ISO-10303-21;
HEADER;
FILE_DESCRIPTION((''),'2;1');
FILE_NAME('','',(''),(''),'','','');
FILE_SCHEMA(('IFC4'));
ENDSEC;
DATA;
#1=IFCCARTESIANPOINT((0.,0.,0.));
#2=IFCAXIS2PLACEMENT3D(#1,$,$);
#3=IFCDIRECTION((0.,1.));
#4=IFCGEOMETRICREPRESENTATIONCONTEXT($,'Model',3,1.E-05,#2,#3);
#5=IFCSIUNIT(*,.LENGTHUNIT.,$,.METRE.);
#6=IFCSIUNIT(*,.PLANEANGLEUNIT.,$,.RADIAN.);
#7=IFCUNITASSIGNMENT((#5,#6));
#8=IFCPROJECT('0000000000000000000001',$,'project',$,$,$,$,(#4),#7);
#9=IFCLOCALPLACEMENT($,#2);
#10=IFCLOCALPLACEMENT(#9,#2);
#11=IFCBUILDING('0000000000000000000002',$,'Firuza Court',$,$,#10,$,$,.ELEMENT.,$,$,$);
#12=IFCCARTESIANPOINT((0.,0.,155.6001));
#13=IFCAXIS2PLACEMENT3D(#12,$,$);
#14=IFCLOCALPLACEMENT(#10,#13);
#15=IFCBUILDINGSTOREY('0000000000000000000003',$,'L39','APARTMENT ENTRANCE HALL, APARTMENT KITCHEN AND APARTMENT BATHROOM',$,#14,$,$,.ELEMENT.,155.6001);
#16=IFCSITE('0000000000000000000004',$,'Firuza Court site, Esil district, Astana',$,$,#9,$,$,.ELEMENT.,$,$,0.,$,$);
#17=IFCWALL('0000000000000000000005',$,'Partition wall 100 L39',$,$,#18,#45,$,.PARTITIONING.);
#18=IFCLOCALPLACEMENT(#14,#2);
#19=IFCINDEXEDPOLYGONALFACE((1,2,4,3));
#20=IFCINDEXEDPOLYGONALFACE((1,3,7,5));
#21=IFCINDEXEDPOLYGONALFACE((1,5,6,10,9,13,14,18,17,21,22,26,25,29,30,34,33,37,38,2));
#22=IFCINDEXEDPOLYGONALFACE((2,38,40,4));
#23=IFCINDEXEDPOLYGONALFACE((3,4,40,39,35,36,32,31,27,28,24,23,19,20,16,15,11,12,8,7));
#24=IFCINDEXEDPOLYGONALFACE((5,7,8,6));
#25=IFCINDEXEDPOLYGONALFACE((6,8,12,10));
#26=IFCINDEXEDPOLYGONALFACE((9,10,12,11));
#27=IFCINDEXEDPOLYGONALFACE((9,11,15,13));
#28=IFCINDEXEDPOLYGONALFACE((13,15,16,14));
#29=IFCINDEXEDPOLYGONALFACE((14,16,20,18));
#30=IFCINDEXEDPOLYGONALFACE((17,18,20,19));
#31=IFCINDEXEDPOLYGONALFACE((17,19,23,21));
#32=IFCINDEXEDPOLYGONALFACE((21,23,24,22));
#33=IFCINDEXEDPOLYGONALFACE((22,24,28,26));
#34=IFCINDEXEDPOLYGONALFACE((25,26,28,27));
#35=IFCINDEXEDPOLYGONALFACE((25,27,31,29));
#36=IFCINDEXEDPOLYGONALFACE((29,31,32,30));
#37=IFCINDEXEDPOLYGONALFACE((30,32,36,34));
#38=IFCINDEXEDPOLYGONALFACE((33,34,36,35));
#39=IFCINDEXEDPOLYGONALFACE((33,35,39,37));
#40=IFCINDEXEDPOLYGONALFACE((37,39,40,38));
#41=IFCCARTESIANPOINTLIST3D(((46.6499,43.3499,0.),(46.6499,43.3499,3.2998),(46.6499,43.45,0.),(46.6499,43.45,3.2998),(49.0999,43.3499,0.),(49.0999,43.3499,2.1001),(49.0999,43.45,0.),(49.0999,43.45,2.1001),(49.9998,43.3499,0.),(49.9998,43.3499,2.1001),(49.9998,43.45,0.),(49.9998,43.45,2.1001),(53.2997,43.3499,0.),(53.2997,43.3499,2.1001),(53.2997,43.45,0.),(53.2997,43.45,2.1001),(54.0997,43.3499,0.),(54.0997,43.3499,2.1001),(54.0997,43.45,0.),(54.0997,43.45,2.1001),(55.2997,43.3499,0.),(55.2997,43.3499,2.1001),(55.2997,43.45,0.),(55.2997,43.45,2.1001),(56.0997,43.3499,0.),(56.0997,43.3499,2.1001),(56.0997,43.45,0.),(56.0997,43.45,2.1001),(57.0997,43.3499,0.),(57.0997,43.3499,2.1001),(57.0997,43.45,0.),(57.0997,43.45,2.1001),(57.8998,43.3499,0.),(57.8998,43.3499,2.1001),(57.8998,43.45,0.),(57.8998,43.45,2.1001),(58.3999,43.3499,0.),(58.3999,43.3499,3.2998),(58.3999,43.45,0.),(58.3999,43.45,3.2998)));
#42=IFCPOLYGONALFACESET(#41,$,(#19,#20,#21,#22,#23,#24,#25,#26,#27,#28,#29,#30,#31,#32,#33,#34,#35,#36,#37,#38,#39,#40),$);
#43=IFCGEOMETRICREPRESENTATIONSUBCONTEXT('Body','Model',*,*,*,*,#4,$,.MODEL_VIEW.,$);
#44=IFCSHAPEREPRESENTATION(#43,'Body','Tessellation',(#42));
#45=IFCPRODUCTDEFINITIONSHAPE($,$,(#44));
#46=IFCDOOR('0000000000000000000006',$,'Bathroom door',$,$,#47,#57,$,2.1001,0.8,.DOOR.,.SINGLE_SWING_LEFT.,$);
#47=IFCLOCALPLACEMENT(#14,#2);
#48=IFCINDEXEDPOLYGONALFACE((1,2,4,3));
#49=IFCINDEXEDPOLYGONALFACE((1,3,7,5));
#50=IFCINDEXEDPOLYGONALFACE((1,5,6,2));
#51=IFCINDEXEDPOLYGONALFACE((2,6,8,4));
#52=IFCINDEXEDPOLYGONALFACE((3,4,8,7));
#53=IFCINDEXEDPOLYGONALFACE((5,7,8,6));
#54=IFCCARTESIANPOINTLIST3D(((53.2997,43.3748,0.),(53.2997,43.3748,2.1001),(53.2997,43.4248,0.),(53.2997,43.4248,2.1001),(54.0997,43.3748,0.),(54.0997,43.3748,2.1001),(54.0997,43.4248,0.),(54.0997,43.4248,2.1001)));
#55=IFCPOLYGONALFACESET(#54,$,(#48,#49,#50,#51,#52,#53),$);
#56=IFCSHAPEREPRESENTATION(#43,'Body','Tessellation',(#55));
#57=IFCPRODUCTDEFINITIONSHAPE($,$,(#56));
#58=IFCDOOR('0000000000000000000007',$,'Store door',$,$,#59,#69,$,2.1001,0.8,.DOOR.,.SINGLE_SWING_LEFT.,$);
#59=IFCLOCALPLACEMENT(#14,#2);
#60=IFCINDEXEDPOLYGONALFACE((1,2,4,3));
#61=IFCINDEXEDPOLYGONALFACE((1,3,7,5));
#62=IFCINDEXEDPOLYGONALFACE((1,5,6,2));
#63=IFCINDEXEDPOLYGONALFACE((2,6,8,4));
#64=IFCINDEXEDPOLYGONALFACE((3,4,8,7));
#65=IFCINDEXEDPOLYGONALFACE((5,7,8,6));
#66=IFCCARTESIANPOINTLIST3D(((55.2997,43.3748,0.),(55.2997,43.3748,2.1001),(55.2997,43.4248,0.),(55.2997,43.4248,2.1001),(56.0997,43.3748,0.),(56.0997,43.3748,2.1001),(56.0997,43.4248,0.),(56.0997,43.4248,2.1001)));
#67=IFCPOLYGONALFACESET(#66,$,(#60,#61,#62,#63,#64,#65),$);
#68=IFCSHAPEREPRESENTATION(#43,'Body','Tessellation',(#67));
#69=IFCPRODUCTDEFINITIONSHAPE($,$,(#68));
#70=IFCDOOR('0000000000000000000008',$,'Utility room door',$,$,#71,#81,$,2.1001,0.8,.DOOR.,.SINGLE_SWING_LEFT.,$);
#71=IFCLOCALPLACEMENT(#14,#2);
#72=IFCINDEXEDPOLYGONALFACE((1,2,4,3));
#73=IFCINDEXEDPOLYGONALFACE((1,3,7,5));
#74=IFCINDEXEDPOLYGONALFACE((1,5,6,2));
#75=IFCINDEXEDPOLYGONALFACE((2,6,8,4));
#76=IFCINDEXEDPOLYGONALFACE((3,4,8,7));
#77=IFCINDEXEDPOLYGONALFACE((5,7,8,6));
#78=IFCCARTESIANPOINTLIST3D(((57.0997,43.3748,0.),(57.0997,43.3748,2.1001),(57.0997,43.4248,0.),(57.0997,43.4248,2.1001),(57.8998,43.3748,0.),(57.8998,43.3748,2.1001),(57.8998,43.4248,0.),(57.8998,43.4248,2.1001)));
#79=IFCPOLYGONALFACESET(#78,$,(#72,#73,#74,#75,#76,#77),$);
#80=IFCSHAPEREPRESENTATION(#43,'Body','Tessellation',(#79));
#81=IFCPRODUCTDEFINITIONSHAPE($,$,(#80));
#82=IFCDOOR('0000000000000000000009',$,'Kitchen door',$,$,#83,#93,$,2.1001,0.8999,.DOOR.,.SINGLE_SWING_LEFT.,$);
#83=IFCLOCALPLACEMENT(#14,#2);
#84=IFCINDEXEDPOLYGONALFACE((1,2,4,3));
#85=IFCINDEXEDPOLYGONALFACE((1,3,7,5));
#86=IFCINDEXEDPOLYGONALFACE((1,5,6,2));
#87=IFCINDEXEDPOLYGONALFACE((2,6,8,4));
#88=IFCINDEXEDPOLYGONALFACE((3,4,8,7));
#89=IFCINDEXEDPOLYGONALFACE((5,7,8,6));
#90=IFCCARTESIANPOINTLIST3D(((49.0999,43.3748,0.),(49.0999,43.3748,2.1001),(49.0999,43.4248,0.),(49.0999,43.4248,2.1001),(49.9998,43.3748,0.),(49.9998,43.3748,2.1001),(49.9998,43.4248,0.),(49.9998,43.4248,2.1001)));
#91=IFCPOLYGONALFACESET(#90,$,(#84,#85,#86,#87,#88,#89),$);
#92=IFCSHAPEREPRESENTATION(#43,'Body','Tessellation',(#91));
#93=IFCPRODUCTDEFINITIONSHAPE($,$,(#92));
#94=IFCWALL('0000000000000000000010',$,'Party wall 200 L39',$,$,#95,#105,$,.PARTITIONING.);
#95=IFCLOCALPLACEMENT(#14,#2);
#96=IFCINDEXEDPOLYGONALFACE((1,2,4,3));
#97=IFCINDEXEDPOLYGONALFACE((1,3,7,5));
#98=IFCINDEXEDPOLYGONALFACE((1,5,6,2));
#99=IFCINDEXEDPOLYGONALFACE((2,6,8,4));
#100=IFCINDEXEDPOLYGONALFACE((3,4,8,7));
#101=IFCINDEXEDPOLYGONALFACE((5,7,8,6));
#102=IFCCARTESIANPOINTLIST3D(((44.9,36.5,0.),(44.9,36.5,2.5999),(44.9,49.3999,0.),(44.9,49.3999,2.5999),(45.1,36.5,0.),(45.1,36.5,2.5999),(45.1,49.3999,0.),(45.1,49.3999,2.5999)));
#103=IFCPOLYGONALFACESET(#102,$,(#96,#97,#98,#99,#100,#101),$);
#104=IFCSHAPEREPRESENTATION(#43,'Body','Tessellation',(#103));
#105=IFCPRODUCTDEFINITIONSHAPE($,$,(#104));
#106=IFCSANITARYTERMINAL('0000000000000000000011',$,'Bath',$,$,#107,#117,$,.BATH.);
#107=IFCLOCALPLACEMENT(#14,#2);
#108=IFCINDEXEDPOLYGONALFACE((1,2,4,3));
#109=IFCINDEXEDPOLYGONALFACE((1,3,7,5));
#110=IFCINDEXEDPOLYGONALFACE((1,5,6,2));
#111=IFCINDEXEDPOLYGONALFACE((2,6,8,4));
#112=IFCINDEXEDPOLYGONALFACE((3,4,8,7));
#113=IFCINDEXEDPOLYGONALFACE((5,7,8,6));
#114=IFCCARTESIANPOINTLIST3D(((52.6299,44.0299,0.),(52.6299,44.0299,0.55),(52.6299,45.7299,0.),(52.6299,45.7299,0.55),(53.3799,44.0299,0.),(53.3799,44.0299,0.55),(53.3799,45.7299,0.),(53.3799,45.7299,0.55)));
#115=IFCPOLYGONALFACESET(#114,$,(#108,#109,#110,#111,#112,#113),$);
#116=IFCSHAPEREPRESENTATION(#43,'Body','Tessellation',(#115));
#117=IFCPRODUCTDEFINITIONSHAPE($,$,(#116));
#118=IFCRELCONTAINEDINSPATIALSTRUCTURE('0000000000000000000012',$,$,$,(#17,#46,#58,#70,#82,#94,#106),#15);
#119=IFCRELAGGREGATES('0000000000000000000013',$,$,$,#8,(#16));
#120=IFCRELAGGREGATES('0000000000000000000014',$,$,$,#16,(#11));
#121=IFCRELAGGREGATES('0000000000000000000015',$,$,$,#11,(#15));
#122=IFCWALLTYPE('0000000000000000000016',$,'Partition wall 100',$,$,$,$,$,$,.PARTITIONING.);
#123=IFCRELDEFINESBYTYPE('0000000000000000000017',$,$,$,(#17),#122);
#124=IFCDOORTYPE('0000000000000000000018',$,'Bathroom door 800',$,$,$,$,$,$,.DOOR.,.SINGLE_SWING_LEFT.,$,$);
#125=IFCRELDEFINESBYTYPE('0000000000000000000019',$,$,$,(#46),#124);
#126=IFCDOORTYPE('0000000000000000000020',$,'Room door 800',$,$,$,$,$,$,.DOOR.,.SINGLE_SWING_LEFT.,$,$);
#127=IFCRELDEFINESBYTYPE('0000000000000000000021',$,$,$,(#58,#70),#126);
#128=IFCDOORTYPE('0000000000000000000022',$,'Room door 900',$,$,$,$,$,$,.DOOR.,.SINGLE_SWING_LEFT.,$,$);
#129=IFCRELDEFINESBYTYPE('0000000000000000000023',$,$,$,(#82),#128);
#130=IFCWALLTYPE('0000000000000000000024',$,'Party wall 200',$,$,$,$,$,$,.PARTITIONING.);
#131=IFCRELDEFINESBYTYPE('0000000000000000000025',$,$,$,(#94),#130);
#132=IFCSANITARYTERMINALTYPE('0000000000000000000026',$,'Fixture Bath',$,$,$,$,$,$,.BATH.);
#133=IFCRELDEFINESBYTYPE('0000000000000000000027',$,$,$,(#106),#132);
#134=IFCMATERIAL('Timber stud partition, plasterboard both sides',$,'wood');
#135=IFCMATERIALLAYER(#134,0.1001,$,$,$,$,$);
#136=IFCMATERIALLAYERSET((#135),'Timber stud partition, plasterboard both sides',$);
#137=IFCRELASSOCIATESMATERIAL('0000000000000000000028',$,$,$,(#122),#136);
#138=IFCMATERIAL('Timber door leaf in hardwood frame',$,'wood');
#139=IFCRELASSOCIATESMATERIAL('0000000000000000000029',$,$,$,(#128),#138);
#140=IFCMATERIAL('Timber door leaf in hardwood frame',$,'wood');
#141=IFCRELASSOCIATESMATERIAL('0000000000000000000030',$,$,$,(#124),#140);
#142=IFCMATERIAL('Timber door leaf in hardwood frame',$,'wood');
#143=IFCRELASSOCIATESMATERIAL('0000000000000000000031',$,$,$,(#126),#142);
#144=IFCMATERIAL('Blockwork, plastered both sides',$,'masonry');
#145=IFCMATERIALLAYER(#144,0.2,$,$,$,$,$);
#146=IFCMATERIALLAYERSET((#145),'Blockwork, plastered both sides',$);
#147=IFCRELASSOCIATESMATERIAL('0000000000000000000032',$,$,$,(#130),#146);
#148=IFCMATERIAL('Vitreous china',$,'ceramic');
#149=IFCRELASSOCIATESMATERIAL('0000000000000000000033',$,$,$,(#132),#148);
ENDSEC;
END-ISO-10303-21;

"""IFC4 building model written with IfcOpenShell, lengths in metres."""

from ifc_helpers import new_model, si_unit, direction, frame, frame_2d, origin, origin_2d, place, context, subcontext, project, spatial, rectangle, extrude, material, layer, layer_set, type_object, element, fill, save


model = new_model("IFC4")

# Units and contexts
model_context = context("Model", 3, precision=1e-05, world=origin(), true_north=direction((0.0, 1.0)))
body_context = subcontext(model_context, "Body", "Model", "MODEL_VIEW")
ifc_project = project(units=[si_unit("LENGTHUNIT", "METRE"), si_unit("PLANEANGLEUNIT", "RADIAN")], contexts=[model_context])

# Site, building, storey
site_placement = place(None, origin())
site = spatial("IfcSite", under=ifc_project, at=site_placement, Name="Firuza Court site, Esil district, Astana", CompositionType="ELEMENT", RefElevation=0.0)
building_placement = place(site_placement, origin())
building = spatial("IfcBuilding", under=site, at=building_placement, Name="Firuza Court", CompositionType="ELEMENT")
storey_placement = place(building_placement, frame((0.0, 0.0, 155.6001)))
storey = spatial("IfcBuildingStorey", under=building, at=storey_placement, Name="L39", Description="APARTMENT ENTRANCE HALL, APARTMENT KITCHEN AND APARTMENT BATHROOM", CompositionType="ELEMENT", Elevation=155.6001)

# Shared definitions
ifc_material_1 = material(Name="Timber stud partition, plasterboard both sides", Category="wood")
ifc_layer_1 = layer(ifc_material_1, 0.1001)
ifc_layer_set_1 = layer_set([ifc_layer_1], Name="Timber stud partition, plasterboard both sides")
wall_type_1 = type_object("IfcWallType", Name="Partition wall 100", PredefinedType="PARTITIONING", material=ifc_layer_set_1)

# Shared definitions
ifc_material_2 = material(Name="Timber door leaf in hardwood frame", Category="wood")
door_type_1 = type_object("IfcDoorType", Name="Room door 900", OperationType="SINGLE_SWING_LEFT", PredefinedType="DOOR", material=ifc_material_2)

# Wall, openings, doors
wall_1_placement = place(storey_placement, frame((46.6499, 43.3999, 0.0), z_axis=(0.0, 0.0, 1.0), x_axis=(1.0, 0.0, 0.0)))
wall_1 = element("IfcWall", 1, at=wall_1_placement, inside=storey, type_object=wall_type_1, Name="Partition wall 100 L39", PredefinedType="PARTITIONING", context=body_context, shape_type="SweptSolid", body=[
    extrude(rectangle(XDim=11.75, YDim=0.1001, at=frame_2d((5.875, 0.0))), origin(), (0.0, 0.0, 1.0), 3.2998),
])
opening_1_placement = place(wall_1_placement, frame((6.6499, 0.0, 0.0)))
opening_1 = element("IfcOpeningElement", 2, at=opening_1_placement, cuts=wall_1, PredefinedType="OPENING", context=body_context, shape_type="SweptSolid", body=[
    extrude(rectangle(XDim=0.8, YDim=2.1001, at=frame_2d((0.3999, 1.05))), frame((0.0, 0.062, 0.0), z_axis=(0.0, -1.0, 0.0), x_axis=(1.0, 0.0, 0.0)), (0.0, 0.0, 1.0), 0.124),
])
opening_2_placement = place(wall_1_placement, frame((2.45, 0.0, 0.0)))
opening_2 = element("IfcOpeningElement", 3, at=opening_2_placement, cuts=wall_1, PredefinedType="OPENING", context=body_context, shape_type="SweptSolid", body=[
    extrude(rectangle(XDim=0.8999, YDim=2.1001, at=frame_2d((0.45, 1.05))), frame((0.0, 0.062, 0.0), z_axis=(0.0, -1.0, 0.0), x_axis=(1.0, 0.0, 0.0)), (0.0, 0.0, 1.0), 0.124),
])
opening_3_placement = place(wall_1_placement, frame((8.6499, 0.0, 0.0)))
opening_3 = element("IfcOpeningElement", 4, at=opening_3_placement, cuts=wall_1, PredefinedType="OPENING", context=body_context, shape_type="SweptSolid", body=[
    extrude(rectangle(XDim=0.8, YDim=2.1001, at=frame_2d((0.3999, 1.05))), frame((0.0, 0.062, 0.0), z_axis=(0.0, -1.0, 0.0), x_axis=(1.0, 0.0, 0.0)), (0.0, 0.0, 1.0), 0.124),
])
opening_4_placement = place(wall_1_placement, frame((10.45, 0.0, 0.0)))
opening_4 = element("IfcOpeningElement", 5, at=opening_4_placement, cuts=wall_1, PredefinedType="OPENING", context=body_context, shape_type="SweptSolid", body=[
    extrude(rectangle(XDim=0.8, YDim=2.1001, at=frame_2d((0.3999, 1.05))), frame((0.0, 0.062, 0.0), z_axis=(0.0, -1.0, 0.0), x_axis=(1.0, 0.0, 0.0)), (0.0, 0.0, 1.0), 0.124),
])
ifc_material_3 = material(Name="Timber door leaf in hardwood frame", Category="wood")
door_type_2 = type_object("IfcDoorType", Name="Bathroom door 800", OperationType="SINGLE_SWING_LEFT", PredefinedType="DOOR", material=ifc_material_3)
door_1_placement = place(opening_1_placement, origin())
door_1 = element("IfcDoor", 6, at=door_1_placement, inside=storey, type_object=door_type_2, Name="Bathroom door", OperationType="SINGLE_SWING_LEFT", OverallHeight=2.1001, OverallWidth=0.8, PredefinedType="DOOR", context=body_context, shape_type="SweptSolid", body=[
    extrude(rectangle(XDim=0.8, YDim=2.1001, at=frame_2d((0.3999, 1.05))), frame((0.0, 0.0249, 0.0), z_axis=(0.0, -1.0, 0.0), x_axis=(1.0, 0.0, 0.0)), (0.0, 0.0, 1.0), 0.05),
])
fill(opening_1, door_1)
ifc_material_4 = material(Name="Timber door leaf in hardwood frame", Category="wood")
door_type_3 = type_object("IfcDoorType", Name="Room door 800", OperationType="SINGLE_SWING_LEFT", PredefinedType="DOOR", material=ifc_material_4)
door_2_placement = place(opening_3_placement, origin())
door_2 = element("IfcDoor", 7, at=door_2_placement, inside=storey, type_object=door_type_3, Name="Store door", OperationType="SINGLE_SWING_LEFT", OverallHeight=2.1001, OverallWidth=0.8, PredefinedType="DOOR", context=body_context, shape_type="SweptSolid", body=[
    extrude(rectangle(XDim=0.8, YDim=2.1001, at=frame_2d((0.3999, 1.05))), frame((0.0, 0.0249, 0.0), z_axis=(0.0, -1.0, 0.0), x_axis=(1.0, 0.0, 0.0)), (0.0, 0.0, 1.0), 0.05),
])
fill(opening_3, door_2)
door_3_placement = place(opening_4_placement, origin())
door_3 = element("IfcDoor", 8, at=door_3_placement, inside=storey, type_object=door_type_3, Name="Utility room door", OperationType="SINGLE_SWING_LEFT", OverallHeight=2.1001, OverallWidth=0.8, PredefinedType="DOOR", context=body_context, shape_type="SweptSolid", body=[
    extrude(rectangle(XDim=0.8, YDim=2.1001, at=frame_2d((0.3999, 1.05))), frame((0.0, 0.0249, 0.0), z_axis=(0.0, -1.0, 0.0), x_axis=(1.0, 0.0, 0.0)), (0.0, 0.0, 1.0), 0.05),
])
fill(opening_4, door_3)
door_4_placement = place(opening_2_placement, origin())
door_4 = element("IfcDoor", 9, at=door_4_placement, inside=storey, type_object=door_type_1, Name="Kitchen door", OperationType="SINGLE_SWING_LEFT", OverallHeight=2.1001, OverallWidth=0.8999, PredefinedType="DOOR", context=body_context, shape_type="SweptSolid", body=[
    extrude(rectangle(XDim=0.8999, YDim=2.1001, at=frame_2d((0.45, 1.05))), frame((0.0, 0.0249, 0.0), z_axis=(0.0, -1.0, 0.0), x_axis=(1.0, 0.0, 0.0)), (0.0, 0.0, 1.0), 0.05),
])
fill(opening_2, door_4)

# Wall
ifc_material_5 = material(Name="Blockwork, plastered both sides", Category="masonry")
ifc_layer_2 = layer(ifc_material_5, 0.2)
ifc_layer_set_2 = layer_set([ifc_layer_2], Name="Blockwork, plastered both sides")
wall_type_2 = type_object("IfcWallType", Name="Party wall 200", PredefinedType="PARTITIONING", material=ifc_layer_set_2)
wall_2_placement = place(storey_placement, frame((45.0, 36.5, 0.0), z_axis=(0.0, 0.0, 1.0), x_axis=(0.0, 1.0, 0.0)))
element("IfcWall", 10, at=wall_2_placement, inside=storey, type_object=wall_type_2, Name="Party wall 200 L39", PredefinedType="PARTITIONING", context=body_context, shape_type="SweptSolid", body=[
    extrude(rectangle(XDim=12.8999, YDim=0.2, at=frame_2d((6.45, 0.0))), origin(), (0.0, 0.0, 1.0), 2.5999),
])

# Sanitary terminal
ifc_material_6 = material(Name="Vitreous china", Category="ceramic")
sanitary_terminal_type = type_object("IfcSanitaryTerminalType", Name="Fixture Bath", PredefinedType="BATH", material=ifc_material_6)
sanitary_terminal_placement = place(storey_placement, frame((53.0049, 44.8799, 0.0), z_axis=(0.0, 0.0, 1.0), x_axis=(1.0, 0.0, 0.0)))
element("IfcSanitaryTerminal", 11, at=sanitary_terminal_placement, inside=storey, type_object=sanitary_terminal_type, Name="Bath", PredefinedType="BATH", context=body_context, shape_type="SweptSolid", body=[
    extrude(rectangle(XDim=0.75, YDim=1.7, at=origin_2d()), origin(), (0.0, 0.0, 1.0), 0.55),
])

save(model, "model.ifc")
